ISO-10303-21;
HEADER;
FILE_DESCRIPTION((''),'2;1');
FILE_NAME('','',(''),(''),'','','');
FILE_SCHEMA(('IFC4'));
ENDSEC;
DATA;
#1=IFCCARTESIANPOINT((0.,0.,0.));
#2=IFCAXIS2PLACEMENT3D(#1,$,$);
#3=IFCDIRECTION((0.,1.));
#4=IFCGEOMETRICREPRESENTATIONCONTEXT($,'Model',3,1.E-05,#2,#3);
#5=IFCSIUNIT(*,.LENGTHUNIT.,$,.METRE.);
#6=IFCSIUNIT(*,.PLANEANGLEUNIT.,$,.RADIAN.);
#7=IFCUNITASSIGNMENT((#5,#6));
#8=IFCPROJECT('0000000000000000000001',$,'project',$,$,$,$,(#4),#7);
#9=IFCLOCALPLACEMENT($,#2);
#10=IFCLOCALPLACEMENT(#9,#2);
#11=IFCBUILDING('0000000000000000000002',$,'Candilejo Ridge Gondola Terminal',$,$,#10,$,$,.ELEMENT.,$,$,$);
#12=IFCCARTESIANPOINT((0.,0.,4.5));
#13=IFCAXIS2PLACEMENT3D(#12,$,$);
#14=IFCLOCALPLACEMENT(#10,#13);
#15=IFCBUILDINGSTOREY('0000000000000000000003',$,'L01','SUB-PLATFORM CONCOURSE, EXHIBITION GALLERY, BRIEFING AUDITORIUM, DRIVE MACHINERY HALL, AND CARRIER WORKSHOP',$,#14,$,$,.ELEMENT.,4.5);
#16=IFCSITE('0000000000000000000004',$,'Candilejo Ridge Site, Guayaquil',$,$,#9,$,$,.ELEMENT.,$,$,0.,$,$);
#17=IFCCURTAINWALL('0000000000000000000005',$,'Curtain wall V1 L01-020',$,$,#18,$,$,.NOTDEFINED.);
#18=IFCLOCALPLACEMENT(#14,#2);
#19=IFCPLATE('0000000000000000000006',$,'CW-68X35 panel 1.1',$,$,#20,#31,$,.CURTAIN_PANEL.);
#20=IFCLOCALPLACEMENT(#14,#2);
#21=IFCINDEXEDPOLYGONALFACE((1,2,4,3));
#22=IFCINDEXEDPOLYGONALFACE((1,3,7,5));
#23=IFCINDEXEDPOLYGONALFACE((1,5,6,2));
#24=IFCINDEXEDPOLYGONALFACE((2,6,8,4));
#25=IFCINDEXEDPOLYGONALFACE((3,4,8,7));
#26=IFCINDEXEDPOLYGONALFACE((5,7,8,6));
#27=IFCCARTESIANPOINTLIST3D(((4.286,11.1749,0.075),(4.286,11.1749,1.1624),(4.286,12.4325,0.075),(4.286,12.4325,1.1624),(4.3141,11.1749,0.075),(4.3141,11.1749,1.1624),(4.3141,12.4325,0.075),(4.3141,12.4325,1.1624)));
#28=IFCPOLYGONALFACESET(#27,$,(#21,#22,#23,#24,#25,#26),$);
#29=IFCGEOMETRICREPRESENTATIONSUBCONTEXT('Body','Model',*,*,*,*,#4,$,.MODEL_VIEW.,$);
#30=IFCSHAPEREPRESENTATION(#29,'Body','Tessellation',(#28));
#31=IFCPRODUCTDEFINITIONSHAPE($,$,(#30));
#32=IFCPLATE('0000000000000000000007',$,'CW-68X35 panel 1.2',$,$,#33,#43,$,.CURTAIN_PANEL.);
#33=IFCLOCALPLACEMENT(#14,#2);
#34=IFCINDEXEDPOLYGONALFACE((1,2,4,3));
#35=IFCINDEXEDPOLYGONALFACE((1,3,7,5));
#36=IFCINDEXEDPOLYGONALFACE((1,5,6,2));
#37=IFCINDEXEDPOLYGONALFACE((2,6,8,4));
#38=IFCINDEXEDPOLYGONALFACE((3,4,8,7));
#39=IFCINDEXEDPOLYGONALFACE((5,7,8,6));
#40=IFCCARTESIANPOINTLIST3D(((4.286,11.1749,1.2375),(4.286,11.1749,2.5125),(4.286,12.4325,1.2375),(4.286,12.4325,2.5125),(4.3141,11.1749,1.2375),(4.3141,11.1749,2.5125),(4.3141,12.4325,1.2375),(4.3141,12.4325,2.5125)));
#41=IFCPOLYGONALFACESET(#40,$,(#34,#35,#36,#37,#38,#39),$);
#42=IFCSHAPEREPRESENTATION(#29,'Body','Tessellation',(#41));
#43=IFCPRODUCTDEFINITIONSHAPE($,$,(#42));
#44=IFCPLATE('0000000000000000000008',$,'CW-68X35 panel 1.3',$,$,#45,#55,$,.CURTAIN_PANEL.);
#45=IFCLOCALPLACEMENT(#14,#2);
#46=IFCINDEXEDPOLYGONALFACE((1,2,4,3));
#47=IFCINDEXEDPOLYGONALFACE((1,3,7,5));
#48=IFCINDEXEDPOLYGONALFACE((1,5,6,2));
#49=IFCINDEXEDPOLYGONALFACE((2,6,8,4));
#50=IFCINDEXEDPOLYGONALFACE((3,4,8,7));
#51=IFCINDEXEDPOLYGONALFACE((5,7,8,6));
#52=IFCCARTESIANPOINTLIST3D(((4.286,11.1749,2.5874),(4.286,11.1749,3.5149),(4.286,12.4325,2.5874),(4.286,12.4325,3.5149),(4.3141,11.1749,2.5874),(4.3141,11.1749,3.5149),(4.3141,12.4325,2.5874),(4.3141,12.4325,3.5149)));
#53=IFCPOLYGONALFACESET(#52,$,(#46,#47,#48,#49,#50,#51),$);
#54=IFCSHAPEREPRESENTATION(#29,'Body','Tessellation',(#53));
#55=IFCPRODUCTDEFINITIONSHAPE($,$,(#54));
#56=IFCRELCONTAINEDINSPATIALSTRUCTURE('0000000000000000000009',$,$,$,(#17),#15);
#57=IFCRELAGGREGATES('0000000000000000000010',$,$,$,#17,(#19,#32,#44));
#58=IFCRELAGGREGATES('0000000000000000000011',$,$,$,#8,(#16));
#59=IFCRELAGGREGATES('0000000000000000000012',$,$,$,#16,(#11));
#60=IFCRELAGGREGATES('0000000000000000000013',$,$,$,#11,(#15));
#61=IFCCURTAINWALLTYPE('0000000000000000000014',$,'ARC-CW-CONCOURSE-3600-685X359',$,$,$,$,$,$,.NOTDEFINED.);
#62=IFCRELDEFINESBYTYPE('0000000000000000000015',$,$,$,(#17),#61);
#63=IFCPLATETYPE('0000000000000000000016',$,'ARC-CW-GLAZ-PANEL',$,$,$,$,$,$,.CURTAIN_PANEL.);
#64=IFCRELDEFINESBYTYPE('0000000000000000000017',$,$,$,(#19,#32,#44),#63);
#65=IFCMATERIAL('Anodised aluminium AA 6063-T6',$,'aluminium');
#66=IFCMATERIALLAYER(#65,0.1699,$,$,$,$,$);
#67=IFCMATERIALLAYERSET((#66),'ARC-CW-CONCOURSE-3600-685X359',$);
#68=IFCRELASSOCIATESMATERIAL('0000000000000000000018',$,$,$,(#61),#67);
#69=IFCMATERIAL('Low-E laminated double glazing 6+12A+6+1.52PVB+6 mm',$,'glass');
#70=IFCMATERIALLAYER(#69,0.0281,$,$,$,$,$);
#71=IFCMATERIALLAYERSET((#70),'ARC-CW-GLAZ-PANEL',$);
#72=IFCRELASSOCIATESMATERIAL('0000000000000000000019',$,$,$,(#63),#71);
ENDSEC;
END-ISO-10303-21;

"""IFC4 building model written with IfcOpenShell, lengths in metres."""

from ifc_helpers import new_model, si_unit, direction, frame, origin, origin_2d, place, context, subcontext, project, spatial, rectangle, extrude, material, layer, layer_set, type_object, element, aggregate, save


model = new_model("IFC4")

# Units and contexts
model_context = context("Model", 3, precision=1e-05, world=origin(), true_north=direction((0.0, 1.0)))
body_context = subcontext(model_context, "Body", "Model", "MODEL_VIEW")
ifc_project = project(units=[si_unit("LENGTHUNIT", "METRE"), si_unit("PLANEANGLEUNIT", "RADIAN")], contexts=[model_context])

# Site, building, storey
site_placement = place(None, origin())
site = spatial("IfcSite", under=ifc_project, at=site_placement, Name="Candilejo Ridge Site, Guayaquil", CompositionType="ELEMENT", RefElevation=0.0)
building_placement = place(site_placement, origin())
building = spatial("IfcBuilding", under=site, at=building_placement, Name="Candilejo Ridge Gondola Terminal", CompositionType="ELEMENT")
storey_placement = place(building_placement, frame((0.0, 0.0, 4.5)))
storey = spatial("IfcBuildingStorey", under=building, at=storey_placement, Name="L01", Description="SUB-PLATFORM CONCOURSE, EXHIBITION GALLERY, BRIEFING AUDITORIUM, DRIVE MACHINERY HALL, AND CARRIER WORKSHOP", CompositionType="ELEMENT", Elevation=4.5)

# Curtain wall
ifc_material_1 = material(Name="Anodised aluminium AA 6063-T6", Category="aluminium")
ifc_layer_1 = layer(ifc_material_1, 0.1699)
ifc_layer_set_1 = layer_set([ifc_layer_1], Name="ARC-CW-CONCOURSE-3600-685X359")
curtain_wall_type_1 = type_object("IfcCurtainWallType", Name="ARC-CW-CONCOURSE-3600-685X359", PredefinedType="NOTDEFINED", material=ifc_layer_set_1)
curtain_wall_1_placement = place(storey_placement, origin())
curtain_wall_1 = element("IfcCurtainWall", 1, at=curtain_wall_1_placement, inside=storey, type_object=curtain_wall_type_1, Name="Curtain wall V1 L01-020", PredefinedType="NOTDEFINED")

# Plates
ifc_material_2 = material(Name="Low-E laminated double glazing 6+12A+6+1.52PVB+6 mm", Category="glass")
ifc_layer_2 = layer(ifc_material_2, 0.0281)
ifc_layer_set_2 = layer_set([ifc_layer_2], Name="ARC-CW-GLAZ-PANEL")
plate_type = type_object("IfcPlateType", Name="ARC-CW-GLAZ-PANEL", PredefinedType="CURTAIN_PANEL", material=ifc_layer_set_2)
plate_1_placement = place(storey_placement, frame((4.3, 11.8037, 0.075), z_axis=(0.0, 0.0, 1.0), x_axis=(0.0, 1.0, 0.0)))
plate_1 = element("IfcPlate", 2, at=plate_1_placement, type_object=plate_type, Name="CW-68X35 panel 1.1", PredefinedType="CURTAIN_PANEL", context=body_context, shape_type="SweptSolid", body=[
    extrude(rectangle(XDim=1.2576, YDim=0.0281, at=origin_2d()), origin(), (0.0, 0.0, 1.0), 1.0874),
])
plate_2_placement = place(storey_placement, frame((4.3, 11.8037, 1.2375), z_axis=(0.0, 0.0, 1.0), x_axis=(0.0, 1.0, 0.0)))
plate_2 = element("IfcPlate", 3, at=plate_2_placement, type_object=plate_type, Name="CW-68X35 panel 1.2", PredefinedType="CURTAIN_PANEL", context=body_context, shape_type="SweptSolid", body=[
    extrude(rectangle(XDim=1.2576, YDim=0.0281, at=origin_2d()), origin(), (0.0, 0.0, 1.0), 1.2749),
])
plate_3_placement = place(storey_placement, frame((4.3, 11.8037, 2.5874), z_axis=(0.0, 0.0, 1.0), x_axis=(0.0, 1.0, 0.0)))
plate_3 = element("IfcPlate", 4, at=plate_3_placement, type_object=plate_type, Name="CW-68X35 panel 1.3", PredefinedType="CURTAIN_PANEL", context=body_context, shape_type="SweptSolid", body=[
    extrude(rectangle(XDim=1.2576, YDim=0.0281, at=origin_2d()), origin(), (0.0, 0.0, 1.0), 0.9275),
])
aggregate(curtain_wall_1, [plate_1, plate_2, plate_3])

save(model, "model.ifc")
